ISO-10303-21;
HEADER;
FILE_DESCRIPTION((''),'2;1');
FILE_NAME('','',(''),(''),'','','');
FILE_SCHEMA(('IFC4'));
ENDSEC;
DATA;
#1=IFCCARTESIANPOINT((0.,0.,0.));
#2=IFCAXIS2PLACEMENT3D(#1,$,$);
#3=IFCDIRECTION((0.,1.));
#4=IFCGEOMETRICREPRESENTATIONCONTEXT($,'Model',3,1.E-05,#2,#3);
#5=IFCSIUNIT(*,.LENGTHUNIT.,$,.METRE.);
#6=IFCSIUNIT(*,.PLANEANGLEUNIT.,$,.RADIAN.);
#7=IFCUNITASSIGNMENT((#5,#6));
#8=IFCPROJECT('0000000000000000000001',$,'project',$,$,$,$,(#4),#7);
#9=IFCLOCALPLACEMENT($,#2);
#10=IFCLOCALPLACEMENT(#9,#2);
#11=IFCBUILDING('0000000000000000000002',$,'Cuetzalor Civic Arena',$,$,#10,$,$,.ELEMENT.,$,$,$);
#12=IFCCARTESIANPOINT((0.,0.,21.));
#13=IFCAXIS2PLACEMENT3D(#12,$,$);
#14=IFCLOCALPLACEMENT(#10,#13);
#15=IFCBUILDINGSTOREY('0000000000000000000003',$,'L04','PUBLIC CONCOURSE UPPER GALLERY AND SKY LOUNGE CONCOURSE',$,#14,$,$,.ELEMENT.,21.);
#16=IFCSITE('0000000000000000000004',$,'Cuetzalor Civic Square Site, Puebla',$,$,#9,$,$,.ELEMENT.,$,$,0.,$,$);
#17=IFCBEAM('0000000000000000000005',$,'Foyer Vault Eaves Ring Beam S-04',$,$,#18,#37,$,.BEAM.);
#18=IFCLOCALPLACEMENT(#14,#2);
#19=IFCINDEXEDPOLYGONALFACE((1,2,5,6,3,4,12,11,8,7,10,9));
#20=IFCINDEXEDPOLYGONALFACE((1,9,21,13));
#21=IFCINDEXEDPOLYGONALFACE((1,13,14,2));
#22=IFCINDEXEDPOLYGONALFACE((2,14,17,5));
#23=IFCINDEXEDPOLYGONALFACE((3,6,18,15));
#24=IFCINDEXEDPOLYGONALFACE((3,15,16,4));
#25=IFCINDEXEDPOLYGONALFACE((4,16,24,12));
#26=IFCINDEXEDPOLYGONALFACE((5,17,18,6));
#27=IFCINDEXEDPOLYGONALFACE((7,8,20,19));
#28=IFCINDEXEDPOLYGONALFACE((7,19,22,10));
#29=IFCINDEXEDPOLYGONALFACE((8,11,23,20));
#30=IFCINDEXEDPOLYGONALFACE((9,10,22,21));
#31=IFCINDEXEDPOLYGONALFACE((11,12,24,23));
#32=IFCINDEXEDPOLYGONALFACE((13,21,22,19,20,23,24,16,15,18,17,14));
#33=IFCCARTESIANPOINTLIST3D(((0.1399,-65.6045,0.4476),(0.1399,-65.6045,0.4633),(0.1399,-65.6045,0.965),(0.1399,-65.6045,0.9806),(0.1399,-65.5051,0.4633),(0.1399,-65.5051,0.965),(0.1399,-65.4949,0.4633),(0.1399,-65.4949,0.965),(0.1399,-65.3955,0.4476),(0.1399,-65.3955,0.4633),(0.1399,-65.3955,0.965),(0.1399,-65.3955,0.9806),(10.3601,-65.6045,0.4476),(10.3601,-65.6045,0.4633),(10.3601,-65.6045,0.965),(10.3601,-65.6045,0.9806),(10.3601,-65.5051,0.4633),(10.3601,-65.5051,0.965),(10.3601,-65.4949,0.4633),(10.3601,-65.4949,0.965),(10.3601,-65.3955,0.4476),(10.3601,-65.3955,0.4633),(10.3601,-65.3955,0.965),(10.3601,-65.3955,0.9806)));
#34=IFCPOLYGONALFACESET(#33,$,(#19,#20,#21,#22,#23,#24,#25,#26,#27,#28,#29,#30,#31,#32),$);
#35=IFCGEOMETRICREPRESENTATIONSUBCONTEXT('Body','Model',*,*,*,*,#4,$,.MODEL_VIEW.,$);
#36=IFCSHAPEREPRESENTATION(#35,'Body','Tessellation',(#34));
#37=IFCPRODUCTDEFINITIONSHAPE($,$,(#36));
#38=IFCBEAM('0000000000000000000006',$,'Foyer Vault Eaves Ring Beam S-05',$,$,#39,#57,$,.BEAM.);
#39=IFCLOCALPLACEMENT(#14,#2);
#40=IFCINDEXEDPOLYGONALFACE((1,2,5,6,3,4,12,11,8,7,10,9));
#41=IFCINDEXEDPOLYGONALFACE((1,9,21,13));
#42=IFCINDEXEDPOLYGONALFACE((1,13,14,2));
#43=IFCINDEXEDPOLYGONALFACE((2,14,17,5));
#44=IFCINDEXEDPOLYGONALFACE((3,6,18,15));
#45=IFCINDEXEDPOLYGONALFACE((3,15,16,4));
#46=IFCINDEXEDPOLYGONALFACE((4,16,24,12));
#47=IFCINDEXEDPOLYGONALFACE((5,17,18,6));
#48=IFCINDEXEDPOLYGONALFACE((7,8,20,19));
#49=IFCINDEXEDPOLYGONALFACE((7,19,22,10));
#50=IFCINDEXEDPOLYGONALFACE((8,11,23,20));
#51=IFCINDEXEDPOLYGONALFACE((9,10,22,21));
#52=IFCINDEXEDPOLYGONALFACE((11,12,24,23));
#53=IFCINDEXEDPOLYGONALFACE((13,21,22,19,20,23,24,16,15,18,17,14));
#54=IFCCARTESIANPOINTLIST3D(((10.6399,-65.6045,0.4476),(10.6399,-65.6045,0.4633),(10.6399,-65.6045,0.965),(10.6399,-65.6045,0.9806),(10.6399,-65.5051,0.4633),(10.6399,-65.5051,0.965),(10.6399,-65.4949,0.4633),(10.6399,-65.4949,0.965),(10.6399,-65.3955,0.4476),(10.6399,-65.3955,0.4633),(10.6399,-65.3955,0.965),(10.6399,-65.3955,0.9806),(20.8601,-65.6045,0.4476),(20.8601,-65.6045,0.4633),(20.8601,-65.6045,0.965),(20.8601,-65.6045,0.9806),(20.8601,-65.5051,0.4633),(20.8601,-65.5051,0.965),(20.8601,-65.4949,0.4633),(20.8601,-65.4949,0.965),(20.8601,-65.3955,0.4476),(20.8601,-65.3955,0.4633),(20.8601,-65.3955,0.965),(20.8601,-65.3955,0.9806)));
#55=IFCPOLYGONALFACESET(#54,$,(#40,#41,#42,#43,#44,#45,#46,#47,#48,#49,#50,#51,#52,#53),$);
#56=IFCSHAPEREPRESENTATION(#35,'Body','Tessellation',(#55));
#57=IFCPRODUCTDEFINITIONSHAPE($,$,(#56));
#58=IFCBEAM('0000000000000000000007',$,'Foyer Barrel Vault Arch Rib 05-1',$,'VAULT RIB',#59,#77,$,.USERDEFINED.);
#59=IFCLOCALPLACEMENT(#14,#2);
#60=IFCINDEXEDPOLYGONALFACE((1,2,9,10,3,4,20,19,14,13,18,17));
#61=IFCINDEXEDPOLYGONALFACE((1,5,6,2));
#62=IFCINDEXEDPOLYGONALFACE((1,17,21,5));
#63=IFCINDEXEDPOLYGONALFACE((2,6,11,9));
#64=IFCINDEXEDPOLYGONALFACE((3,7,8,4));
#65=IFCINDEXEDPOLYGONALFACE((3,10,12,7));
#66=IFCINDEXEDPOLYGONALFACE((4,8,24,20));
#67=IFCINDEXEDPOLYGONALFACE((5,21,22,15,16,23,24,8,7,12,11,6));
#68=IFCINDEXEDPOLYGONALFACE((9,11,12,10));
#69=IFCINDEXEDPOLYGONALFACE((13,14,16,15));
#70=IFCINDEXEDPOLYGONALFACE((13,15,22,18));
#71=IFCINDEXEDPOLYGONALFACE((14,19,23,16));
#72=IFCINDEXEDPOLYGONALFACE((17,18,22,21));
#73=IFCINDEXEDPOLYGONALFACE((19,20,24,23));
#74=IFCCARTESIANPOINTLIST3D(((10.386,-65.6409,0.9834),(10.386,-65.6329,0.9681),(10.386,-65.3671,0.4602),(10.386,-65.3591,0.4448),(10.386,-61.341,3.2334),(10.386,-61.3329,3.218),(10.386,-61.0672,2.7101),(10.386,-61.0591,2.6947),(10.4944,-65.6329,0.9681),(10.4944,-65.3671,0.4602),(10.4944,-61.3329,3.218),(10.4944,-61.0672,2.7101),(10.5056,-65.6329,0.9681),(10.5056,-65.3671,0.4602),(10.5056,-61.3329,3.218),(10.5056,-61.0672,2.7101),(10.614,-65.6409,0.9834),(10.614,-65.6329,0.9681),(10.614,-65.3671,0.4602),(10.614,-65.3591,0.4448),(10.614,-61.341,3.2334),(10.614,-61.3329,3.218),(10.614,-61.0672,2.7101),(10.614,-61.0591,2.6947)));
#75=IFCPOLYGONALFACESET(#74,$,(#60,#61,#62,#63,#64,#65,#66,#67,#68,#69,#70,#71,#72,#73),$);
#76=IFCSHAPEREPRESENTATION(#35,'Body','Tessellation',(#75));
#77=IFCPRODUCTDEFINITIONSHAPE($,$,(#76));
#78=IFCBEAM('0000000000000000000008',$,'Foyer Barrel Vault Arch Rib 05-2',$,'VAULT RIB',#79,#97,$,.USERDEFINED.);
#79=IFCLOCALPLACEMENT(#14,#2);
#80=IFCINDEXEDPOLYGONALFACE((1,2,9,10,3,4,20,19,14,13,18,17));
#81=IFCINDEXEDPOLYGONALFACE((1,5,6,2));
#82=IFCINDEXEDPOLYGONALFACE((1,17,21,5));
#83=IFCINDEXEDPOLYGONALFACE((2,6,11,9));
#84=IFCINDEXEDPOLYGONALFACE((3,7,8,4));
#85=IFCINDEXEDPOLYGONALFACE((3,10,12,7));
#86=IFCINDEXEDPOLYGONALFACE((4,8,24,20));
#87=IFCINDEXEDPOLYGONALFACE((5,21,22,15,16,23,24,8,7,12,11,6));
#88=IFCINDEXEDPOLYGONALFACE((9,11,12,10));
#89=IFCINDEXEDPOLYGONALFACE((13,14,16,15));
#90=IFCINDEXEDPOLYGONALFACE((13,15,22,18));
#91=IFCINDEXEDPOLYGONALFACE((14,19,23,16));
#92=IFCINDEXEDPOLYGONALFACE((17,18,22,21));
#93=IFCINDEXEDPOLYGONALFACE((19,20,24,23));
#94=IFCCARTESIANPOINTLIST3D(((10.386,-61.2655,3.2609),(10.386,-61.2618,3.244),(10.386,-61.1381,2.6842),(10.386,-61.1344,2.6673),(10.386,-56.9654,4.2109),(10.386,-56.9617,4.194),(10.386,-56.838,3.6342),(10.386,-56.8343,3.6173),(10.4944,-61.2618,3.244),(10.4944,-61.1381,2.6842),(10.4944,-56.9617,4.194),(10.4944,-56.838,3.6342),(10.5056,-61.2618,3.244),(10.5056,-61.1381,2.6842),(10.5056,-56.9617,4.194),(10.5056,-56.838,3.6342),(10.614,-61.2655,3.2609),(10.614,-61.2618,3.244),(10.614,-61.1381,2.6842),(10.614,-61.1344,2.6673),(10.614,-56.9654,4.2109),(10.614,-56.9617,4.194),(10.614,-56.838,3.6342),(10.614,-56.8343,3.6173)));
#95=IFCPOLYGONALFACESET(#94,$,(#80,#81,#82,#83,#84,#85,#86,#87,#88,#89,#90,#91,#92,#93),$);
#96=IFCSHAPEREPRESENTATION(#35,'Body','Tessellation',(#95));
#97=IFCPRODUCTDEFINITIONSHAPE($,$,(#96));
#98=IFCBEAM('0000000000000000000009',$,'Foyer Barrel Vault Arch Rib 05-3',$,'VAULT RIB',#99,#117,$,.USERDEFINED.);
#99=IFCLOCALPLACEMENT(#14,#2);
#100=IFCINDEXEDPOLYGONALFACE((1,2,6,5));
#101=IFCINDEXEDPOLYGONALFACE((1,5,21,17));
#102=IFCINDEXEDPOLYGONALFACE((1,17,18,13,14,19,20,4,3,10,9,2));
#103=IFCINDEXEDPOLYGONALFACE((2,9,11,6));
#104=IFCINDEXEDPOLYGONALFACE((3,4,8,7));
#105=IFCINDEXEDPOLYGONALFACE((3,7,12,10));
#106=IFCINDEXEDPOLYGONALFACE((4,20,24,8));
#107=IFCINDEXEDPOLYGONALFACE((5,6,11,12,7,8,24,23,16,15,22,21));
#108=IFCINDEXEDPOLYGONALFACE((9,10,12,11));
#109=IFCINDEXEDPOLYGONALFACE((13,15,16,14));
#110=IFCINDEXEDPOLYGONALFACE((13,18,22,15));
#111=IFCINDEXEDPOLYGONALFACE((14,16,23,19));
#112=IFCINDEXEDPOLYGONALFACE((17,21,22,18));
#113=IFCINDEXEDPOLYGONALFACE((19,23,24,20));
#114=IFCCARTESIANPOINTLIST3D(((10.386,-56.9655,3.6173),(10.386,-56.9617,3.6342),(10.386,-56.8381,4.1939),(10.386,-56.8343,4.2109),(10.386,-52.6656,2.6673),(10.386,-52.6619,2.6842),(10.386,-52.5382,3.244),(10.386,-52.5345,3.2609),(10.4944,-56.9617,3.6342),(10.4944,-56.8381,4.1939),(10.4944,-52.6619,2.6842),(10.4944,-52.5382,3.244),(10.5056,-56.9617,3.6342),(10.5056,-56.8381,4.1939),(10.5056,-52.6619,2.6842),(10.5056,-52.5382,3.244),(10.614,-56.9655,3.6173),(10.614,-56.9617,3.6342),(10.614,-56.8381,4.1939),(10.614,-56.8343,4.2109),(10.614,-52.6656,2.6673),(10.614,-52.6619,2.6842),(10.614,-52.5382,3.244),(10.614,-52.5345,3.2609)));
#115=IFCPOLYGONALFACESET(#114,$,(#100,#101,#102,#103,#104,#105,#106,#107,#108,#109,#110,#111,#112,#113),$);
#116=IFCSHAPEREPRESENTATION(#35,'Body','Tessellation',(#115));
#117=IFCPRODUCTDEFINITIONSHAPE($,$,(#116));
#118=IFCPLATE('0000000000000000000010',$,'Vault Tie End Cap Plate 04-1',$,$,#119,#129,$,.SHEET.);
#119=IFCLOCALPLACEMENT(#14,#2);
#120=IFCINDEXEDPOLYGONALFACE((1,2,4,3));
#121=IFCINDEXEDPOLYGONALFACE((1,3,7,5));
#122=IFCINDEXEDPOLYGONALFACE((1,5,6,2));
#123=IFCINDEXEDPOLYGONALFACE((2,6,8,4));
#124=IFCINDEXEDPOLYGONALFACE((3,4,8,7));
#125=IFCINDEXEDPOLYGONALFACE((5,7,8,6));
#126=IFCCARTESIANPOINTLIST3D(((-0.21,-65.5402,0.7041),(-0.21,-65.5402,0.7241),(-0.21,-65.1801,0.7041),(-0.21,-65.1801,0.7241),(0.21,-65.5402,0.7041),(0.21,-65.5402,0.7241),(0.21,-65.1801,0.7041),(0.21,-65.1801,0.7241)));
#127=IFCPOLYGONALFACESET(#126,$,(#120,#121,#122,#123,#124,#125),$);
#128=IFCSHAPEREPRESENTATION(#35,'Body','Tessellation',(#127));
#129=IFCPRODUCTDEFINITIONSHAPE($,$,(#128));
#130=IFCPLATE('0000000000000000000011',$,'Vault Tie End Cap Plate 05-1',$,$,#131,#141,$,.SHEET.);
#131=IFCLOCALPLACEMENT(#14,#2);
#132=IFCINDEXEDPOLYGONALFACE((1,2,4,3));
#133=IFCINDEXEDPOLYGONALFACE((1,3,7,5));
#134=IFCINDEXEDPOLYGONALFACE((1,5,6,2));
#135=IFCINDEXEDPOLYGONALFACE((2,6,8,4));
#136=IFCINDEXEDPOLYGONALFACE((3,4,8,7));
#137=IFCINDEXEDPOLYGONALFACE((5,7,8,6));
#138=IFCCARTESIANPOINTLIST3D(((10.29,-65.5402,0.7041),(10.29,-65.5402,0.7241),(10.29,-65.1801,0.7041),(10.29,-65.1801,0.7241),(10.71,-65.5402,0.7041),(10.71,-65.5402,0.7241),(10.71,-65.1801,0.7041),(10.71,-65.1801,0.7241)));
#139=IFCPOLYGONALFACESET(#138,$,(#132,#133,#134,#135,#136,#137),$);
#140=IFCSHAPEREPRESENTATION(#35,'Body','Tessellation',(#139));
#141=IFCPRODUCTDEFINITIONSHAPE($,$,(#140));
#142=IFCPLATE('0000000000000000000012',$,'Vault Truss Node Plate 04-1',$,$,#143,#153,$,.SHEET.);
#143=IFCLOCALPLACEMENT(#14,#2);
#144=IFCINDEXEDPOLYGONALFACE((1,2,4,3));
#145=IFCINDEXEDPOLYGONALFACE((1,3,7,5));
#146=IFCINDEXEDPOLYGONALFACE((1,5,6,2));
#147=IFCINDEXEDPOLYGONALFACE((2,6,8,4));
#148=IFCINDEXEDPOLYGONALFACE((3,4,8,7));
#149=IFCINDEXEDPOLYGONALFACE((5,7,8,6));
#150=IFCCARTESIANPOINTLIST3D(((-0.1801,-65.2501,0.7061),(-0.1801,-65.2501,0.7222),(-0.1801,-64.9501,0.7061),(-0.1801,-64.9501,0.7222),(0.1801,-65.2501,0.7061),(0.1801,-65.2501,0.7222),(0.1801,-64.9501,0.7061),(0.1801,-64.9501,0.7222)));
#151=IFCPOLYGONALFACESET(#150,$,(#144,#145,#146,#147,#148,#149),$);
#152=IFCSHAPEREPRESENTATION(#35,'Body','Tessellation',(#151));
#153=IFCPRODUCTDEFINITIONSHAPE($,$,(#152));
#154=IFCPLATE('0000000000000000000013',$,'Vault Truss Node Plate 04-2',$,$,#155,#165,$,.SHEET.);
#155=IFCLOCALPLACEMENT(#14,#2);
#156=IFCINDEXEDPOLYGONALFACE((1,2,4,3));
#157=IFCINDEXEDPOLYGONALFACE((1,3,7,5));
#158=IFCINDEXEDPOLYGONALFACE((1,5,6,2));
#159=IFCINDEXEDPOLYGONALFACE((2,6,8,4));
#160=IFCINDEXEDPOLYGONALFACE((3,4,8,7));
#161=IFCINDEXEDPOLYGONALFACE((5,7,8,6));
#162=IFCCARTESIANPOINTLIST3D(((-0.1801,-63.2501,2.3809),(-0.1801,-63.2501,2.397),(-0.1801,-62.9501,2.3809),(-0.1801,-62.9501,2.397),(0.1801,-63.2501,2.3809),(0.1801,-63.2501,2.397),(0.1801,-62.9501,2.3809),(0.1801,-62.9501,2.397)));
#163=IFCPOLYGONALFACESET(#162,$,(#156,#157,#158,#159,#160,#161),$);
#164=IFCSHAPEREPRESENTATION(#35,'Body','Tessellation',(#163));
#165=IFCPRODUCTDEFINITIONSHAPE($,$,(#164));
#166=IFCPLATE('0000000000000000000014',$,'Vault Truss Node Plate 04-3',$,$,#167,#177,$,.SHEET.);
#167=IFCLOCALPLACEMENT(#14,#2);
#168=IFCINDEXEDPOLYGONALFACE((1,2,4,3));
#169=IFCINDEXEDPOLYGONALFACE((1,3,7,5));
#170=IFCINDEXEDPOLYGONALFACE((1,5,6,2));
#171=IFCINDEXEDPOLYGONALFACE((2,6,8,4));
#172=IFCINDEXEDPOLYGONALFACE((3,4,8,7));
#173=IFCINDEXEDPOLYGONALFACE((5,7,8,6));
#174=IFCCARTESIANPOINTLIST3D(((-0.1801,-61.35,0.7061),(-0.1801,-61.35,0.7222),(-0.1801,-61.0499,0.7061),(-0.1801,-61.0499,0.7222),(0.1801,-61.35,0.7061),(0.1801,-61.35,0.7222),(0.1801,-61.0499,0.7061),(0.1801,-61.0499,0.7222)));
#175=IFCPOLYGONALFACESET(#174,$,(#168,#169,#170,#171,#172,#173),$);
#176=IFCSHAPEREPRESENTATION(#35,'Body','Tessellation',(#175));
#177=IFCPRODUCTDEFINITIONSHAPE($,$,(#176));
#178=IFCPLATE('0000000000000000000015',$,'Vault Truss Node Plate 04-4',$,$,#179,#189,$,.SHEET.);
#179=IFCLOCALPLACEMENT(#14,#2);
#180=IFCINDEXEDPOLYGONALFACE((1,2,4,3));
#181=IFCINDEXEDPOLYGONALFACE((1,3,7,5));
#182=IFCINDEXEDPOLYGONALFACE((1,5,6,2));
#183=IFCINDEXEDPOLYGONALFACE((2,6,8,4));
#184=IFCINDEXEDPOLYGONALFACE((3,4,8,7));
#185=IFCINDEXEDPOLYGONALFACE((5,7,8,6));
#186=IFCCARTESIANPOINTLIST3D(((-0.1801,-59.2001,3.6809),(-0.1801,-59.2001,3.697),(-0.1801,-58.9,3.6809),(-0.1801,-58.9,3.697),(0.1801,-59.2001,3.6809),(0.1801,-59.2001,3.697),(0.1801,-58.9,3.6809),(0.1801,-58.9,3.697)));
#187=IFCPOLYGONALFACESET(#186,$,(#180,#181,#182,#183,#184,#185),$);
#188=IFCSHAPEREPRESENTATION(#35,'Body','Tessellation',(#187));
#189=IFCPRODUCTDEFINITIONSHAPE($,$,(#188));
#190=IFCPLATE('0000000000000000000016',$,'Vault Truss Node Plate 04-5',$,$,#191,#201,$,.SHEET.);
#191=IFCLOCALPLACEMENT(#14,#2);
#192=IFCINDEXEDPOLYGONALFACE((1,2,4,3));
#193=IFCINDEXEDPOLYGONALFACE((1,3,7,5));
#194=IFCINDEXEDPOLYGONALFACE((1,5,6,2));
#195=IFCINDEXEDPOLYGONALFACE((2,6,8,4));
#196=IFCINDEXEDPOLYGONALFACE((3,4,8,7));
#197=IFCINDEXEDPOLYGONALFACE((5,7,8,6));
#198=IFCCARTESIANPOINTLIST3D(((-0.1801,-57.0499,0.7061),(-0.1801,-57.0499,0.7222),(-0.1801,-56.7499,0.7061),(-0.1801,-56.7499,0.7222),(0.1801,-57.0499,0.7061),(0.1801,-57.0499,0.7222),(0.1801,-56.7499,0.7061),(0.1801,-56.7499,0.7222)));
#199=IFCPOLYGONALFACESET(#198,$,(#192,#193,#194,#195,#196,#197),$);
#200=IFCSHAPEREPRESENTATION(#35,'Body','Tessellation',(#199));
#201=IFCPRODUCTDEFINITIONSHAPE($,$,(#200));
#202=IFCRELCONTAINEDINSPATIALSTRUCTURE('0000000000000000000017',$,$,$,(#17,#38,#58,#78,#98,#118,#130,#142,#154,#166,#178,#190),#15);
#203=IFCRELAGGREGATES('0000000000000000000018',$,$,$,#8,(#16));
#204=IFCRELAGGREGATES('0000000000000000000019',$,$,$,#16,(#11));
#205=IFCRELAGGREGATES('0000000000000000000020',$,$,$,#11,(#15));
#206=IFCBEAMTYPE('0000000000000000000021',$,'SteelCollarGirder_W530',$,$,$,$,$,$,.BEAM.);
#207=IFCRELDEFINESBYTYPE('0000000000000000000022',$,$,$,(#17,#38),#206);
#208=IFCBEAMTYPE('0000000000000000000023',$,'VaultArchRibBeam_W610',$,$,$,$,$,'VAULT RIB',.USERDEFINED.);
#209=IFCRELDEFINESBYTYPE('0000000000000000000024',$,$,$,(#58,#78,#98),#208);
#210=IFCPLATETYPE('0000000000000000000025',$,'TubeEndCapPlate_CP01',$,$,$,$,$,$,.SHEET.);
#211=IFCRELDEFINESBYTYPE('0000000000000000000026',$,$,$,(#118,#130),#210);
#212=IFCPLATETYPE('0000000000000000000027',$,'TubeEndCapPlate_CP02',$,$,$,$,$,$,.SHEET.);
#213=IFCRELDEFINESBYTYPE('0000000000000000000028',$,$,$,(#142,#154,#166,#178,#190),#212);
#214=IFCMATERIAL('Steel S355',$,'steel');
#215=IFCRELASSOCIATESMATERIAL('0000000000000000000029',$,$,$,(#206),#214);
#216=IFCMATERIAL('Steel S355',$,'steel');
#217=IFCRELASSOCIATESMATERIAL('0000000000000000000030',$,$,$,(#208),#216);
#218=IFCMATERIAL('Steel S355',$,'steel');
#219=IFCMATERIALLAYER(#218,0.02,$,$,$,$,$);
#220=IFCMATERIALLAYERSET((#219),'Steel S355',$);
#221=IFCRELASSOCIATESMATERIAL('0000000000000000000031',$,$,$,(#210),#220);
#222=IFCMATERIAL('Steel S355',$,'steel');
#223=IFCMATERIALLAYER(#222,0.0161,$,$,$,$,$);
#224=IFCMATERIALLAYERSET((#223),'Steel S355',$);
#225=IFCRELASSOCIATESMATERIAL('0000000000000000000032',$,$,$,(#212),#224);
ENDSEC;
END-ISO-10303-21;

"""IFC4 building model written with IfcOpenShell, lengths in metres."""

from ifc_helpers import new_model, si_unit, direction, frame, origin, origin_2d, place, context, subcontext, project, spatial, rectangle, i_section, extrude, material, layer, layer_set, material_profile, profile_set, type_object, element, save


model = new_model("IFC4")

# Units and contexts
model_context = context("Model", 3, precision=1e-05, world=origin(), true_north=direction((0.0, 1.0)))
body_context = subcontext(model_context, "Body", "Model", "MODEL_VIEW")
ifc_project = project(units=[si_unit("LENGTHUNIT", "METRE"), si_unit("PLANEANGLEUNIT", "RADIAN")], contexts=[model_context])

# Site, building, storey
site_placement = place(None, origin())
site = spatial("IfcSite", under=ifc_project, at=site_placement, Name="Cuetzalor Civic Square Site, Puebla", CompositionType="ELEMENT", RefElevation=0.0)
building_placement = place(site_placement, origin())
building = spatial("IfcBuilding", under=site, at=building_placement, Name="Cuetzalor Civic Arena", CompositionType="ELEMENT")
storey_placement = place(building_placement, frame((0.0, 0.0, 21.0)))
storey = spatial("IfcBuildingStorey", under=building, at=storey_placement, Name="L04", Description="PUBLIC CONCOURSE UPPER GALLERY AND SKY LOUNGE CONCOURSE", CompositionType="ELEMENT", Elevation=21.0)

# Beams
ifc_material_1 = material(Name="Steel S355", Category="steel")
ifc_material_profile_1 = material_profile(ifc_material_1, i_section(OverallWidth=0.209, OverallDepth=0.533, WebThickness=0.0103, FlangeThickness=0.0156, at=origin_2d()), Name="W530x92")
ifc_profile_set_1 = profile_set([ifc_material_profile_1], Name="Steel S355")
beam_type_1 = type_object("IfcBeamType", Name="SteelCollarGirder_W530", PredefinedType="BEAM", material=ifc_profile_set_1)
for number, where, z_axis, x_axis, name in (
    (1, (0.1399, -65.5, 0.7141), (1.0, 0.0, 0.0), (0.0, 1.0, 0.0), "Foyer Vault Eaves Ring Beam S-04"),
    (2, (10.6399, -65.5, 0.7141), (1.0, 0.0, 0.0), (0.0, 1.0, 0.0), "Foyer Vault Eaves Ring Beam S-05"),
):
    element("IfcBeam", number, at=place(storey_placement, frame(where, z_axis=z_axis, x_axis=x_axis)), inside=storey, type_object=beam_type_1, Name=name, PredefinedType="BEAM", context=body_context, shape_type="SweptSolid", body=[
        extrude(i_section(OverallWidth=0.209, OverallDepth=0.533, WebThickness=0.0103, FlangeThickness=0.0156, at=origin_2d()), origin(), (0.0, 0.0, 1.0), 10.2202),
    ])
ifc_material_2 = material(Name="Steel S355", Category="steel")
ifc_material_profile_2 = material_profile(ifc_material_2, i_section(OverallWidth=0.228, OverallDepth=0.6079, WebThickness=0.0112, FlangeThickness=0.0173, at=origin_2d()), Name="W610x113")
ifc_profile_set_2 = profile_set([ifc_material_profile_2], Name="Steel S355")
beam_type_2 = type_object("IfcBeamType", Name="VaultArchRibBeam_W610", ElementType="VAULT RIB", PredefinedType="USERDEFINED", material=ifc_profile_set_2)
beam_1_placement = place(storey_placement, frame((10.5, -65.5, 0.7141), z_axis=(0.0, 0.886035, 0.463618), x_axis=(-1.0, 0.0, 0.0)))
element("IfcBeam", 3, at=beam_1_placement, inside=storey, type_object=beam_type_2, Name="Foyer Barrel Vault Arch Rib 05-1", ObjectType="VAULT RIB", PredefinedType="USERDEFINED", context=body_context, shape_type="SweptSolid", body=[
    extrude(i_section(OverallWidth=0.228, OverallDepth=0.6079, WebThickness=0.0112, FlangeThickness=0.0173, at=origin_2d()), origin(), (0.0, 0.0, 1.0), 4.853),
])
beam_2_placement = place(storey_placement, frame((10.5, -61.2, 2.9641), z_axis=(0.0, 0.976456, 0.215715), x_axis=(-1.0, 0.0, 0.0)))
element("IfcBeam", 4, at=beam_2_placement, inside=storey, type_object=beam_type_2, Name="Foyer Barrel Vault Arch Rib 05-2", ObjectType="VAULT RIB", PredefinedType="USERDEFINED", context=body_context, shape_type="SweptSolid", body=[
    extrude(i_section(OverallWidth=0.228, OverallDepth=0.6079, WebThickness=0.0112, FlangeThickness=0.0173, at=origin_2d()), origin(), (0.0, 0.0, 1.0), 4.4038),
])
beam_3_placement = place(storey_placement, frame((10.5, -56.8999, 3.9141), z_axis=(0.0, 0.976454, -0.215727), x_axis=(-1.0, 0.0, 0.0)))
element("IfcBeam", 5, at=beam_3_placement, inside=storey, type_object=beam_type_2, Name="Foyer Barrel Vault Arch Rib 05-3", ObjectType="VAULT RIB", PredefinedType="USERDEFINED", context=body_context, shape_type="SweptSolid", body=[
    extrude(i_section(OverallWidth=0.228, OverallDepth=0.6079, WebThickness=0.0112, FlangeThickness=0.0173, at=origin_2d()), origin(), (0.0, 0.0, 1.0), 4.4036),
])

# Plates
ifc_material_3 = material(Name="Steel S355", Category="steel")
ifc_layer_1 = layer(ifc_material_3, 0.02)
ifc_layer_set_1 = layer_set([ifc_layer_1], Name="Steel S355")
plate_type_1 = type_object("IfcPlateType", Name="TubeEndCapPlate_CP01", PredefinedType="SHEET", material=ifc_layer_set_1)
for number, where, z_axis, x_axis, name in (
    (6, (0.0, -65.3601, 0.7041), (0.0, 0.0, 1.0), (1.0, 0.0, 0.0), "Vault Tie End Cap Plate 04-1"),
    (7, (10.5, -65.3601, 0.7041), (0.0, 0.0, 1.0), (1.0, 0.0, 0.0), "Vault Tie End Cap Plate 05-1"),
):
    element("IfcPlate", number, at=place(storey_placement, frame(where, z_axis=z_axis, x_axis=x_axis)), inside=storey, type_object=plate_type_1, Name=name, PredefinedType="SHEET", context=body_context, shape_type="SweptSolid", body=[
        extrude(rectangle(XDim=0.4199, YDim=0.3601, at=origin_2d()), origin(), (0.0, 0.0, 1.0), 0.02),
    ])
ifc_material_4 = material(Name="Steel S355", Category="steel")
ifc_layer_2 = layer(ifc_material_4, 0.0161)
ifc_layer_set_2 = layer_set([ifc_layer_2], Name="Steel S355")
plate_type_2 = type_object("IfcPlateType", Name="TubeEndCapPlate_CP02", PredefinedType="SHEET", material=ifc_layer_set_2)
for number, where, z_axis, x_axis, name in (
    (8, (0.0, -65.1001, 0.7061), (0.0, 0.0, 1.0), (1.0, 0.0, 0.0), "Vault Truss Node Plate 04-1"),
    (9, (0.0, -63.1001, 2.3809), (0.0, 0.0, 1.0), (1.0, 0.0, 0.0), "Vault Truss Node Plate 04-2"),
    (10, (0.0, -61.2, 0.7061), (0.0, 0.0, 1.0), (1.0, 0.0, 0.0), "Vault Truss Node Plate 04-3"),
    (11, (0.0, -59.05, 3.6809), (0.0, 0.0, 1.0), (1.0, 0.0, 0.0), "Vault Truss Node Plate 04-4"),
    (12, (0.0, -56.8999, 0.7061), (0.0, 0.0, 1.0), (1.0, 0.0, 0.0), "Vault Truss Node Plate 04-5"),
):
    element("IfcPlate", number, at=place(storey_placement, frame(where, z_axis=z_axis, x_axis=x_axis)), inside=storey, type_object=plate_type_2, Name=name, PredefinedType="SHEET", context=body_context, shape_type="SweptSolid", body=[
        extrude(rectangle(XDim=0.3601, YDim=0.3, at=origin_2d()), origin(), (0.0, 0.0, 1.0), 0.0161),
    ])

save(model, "model.ifc")
